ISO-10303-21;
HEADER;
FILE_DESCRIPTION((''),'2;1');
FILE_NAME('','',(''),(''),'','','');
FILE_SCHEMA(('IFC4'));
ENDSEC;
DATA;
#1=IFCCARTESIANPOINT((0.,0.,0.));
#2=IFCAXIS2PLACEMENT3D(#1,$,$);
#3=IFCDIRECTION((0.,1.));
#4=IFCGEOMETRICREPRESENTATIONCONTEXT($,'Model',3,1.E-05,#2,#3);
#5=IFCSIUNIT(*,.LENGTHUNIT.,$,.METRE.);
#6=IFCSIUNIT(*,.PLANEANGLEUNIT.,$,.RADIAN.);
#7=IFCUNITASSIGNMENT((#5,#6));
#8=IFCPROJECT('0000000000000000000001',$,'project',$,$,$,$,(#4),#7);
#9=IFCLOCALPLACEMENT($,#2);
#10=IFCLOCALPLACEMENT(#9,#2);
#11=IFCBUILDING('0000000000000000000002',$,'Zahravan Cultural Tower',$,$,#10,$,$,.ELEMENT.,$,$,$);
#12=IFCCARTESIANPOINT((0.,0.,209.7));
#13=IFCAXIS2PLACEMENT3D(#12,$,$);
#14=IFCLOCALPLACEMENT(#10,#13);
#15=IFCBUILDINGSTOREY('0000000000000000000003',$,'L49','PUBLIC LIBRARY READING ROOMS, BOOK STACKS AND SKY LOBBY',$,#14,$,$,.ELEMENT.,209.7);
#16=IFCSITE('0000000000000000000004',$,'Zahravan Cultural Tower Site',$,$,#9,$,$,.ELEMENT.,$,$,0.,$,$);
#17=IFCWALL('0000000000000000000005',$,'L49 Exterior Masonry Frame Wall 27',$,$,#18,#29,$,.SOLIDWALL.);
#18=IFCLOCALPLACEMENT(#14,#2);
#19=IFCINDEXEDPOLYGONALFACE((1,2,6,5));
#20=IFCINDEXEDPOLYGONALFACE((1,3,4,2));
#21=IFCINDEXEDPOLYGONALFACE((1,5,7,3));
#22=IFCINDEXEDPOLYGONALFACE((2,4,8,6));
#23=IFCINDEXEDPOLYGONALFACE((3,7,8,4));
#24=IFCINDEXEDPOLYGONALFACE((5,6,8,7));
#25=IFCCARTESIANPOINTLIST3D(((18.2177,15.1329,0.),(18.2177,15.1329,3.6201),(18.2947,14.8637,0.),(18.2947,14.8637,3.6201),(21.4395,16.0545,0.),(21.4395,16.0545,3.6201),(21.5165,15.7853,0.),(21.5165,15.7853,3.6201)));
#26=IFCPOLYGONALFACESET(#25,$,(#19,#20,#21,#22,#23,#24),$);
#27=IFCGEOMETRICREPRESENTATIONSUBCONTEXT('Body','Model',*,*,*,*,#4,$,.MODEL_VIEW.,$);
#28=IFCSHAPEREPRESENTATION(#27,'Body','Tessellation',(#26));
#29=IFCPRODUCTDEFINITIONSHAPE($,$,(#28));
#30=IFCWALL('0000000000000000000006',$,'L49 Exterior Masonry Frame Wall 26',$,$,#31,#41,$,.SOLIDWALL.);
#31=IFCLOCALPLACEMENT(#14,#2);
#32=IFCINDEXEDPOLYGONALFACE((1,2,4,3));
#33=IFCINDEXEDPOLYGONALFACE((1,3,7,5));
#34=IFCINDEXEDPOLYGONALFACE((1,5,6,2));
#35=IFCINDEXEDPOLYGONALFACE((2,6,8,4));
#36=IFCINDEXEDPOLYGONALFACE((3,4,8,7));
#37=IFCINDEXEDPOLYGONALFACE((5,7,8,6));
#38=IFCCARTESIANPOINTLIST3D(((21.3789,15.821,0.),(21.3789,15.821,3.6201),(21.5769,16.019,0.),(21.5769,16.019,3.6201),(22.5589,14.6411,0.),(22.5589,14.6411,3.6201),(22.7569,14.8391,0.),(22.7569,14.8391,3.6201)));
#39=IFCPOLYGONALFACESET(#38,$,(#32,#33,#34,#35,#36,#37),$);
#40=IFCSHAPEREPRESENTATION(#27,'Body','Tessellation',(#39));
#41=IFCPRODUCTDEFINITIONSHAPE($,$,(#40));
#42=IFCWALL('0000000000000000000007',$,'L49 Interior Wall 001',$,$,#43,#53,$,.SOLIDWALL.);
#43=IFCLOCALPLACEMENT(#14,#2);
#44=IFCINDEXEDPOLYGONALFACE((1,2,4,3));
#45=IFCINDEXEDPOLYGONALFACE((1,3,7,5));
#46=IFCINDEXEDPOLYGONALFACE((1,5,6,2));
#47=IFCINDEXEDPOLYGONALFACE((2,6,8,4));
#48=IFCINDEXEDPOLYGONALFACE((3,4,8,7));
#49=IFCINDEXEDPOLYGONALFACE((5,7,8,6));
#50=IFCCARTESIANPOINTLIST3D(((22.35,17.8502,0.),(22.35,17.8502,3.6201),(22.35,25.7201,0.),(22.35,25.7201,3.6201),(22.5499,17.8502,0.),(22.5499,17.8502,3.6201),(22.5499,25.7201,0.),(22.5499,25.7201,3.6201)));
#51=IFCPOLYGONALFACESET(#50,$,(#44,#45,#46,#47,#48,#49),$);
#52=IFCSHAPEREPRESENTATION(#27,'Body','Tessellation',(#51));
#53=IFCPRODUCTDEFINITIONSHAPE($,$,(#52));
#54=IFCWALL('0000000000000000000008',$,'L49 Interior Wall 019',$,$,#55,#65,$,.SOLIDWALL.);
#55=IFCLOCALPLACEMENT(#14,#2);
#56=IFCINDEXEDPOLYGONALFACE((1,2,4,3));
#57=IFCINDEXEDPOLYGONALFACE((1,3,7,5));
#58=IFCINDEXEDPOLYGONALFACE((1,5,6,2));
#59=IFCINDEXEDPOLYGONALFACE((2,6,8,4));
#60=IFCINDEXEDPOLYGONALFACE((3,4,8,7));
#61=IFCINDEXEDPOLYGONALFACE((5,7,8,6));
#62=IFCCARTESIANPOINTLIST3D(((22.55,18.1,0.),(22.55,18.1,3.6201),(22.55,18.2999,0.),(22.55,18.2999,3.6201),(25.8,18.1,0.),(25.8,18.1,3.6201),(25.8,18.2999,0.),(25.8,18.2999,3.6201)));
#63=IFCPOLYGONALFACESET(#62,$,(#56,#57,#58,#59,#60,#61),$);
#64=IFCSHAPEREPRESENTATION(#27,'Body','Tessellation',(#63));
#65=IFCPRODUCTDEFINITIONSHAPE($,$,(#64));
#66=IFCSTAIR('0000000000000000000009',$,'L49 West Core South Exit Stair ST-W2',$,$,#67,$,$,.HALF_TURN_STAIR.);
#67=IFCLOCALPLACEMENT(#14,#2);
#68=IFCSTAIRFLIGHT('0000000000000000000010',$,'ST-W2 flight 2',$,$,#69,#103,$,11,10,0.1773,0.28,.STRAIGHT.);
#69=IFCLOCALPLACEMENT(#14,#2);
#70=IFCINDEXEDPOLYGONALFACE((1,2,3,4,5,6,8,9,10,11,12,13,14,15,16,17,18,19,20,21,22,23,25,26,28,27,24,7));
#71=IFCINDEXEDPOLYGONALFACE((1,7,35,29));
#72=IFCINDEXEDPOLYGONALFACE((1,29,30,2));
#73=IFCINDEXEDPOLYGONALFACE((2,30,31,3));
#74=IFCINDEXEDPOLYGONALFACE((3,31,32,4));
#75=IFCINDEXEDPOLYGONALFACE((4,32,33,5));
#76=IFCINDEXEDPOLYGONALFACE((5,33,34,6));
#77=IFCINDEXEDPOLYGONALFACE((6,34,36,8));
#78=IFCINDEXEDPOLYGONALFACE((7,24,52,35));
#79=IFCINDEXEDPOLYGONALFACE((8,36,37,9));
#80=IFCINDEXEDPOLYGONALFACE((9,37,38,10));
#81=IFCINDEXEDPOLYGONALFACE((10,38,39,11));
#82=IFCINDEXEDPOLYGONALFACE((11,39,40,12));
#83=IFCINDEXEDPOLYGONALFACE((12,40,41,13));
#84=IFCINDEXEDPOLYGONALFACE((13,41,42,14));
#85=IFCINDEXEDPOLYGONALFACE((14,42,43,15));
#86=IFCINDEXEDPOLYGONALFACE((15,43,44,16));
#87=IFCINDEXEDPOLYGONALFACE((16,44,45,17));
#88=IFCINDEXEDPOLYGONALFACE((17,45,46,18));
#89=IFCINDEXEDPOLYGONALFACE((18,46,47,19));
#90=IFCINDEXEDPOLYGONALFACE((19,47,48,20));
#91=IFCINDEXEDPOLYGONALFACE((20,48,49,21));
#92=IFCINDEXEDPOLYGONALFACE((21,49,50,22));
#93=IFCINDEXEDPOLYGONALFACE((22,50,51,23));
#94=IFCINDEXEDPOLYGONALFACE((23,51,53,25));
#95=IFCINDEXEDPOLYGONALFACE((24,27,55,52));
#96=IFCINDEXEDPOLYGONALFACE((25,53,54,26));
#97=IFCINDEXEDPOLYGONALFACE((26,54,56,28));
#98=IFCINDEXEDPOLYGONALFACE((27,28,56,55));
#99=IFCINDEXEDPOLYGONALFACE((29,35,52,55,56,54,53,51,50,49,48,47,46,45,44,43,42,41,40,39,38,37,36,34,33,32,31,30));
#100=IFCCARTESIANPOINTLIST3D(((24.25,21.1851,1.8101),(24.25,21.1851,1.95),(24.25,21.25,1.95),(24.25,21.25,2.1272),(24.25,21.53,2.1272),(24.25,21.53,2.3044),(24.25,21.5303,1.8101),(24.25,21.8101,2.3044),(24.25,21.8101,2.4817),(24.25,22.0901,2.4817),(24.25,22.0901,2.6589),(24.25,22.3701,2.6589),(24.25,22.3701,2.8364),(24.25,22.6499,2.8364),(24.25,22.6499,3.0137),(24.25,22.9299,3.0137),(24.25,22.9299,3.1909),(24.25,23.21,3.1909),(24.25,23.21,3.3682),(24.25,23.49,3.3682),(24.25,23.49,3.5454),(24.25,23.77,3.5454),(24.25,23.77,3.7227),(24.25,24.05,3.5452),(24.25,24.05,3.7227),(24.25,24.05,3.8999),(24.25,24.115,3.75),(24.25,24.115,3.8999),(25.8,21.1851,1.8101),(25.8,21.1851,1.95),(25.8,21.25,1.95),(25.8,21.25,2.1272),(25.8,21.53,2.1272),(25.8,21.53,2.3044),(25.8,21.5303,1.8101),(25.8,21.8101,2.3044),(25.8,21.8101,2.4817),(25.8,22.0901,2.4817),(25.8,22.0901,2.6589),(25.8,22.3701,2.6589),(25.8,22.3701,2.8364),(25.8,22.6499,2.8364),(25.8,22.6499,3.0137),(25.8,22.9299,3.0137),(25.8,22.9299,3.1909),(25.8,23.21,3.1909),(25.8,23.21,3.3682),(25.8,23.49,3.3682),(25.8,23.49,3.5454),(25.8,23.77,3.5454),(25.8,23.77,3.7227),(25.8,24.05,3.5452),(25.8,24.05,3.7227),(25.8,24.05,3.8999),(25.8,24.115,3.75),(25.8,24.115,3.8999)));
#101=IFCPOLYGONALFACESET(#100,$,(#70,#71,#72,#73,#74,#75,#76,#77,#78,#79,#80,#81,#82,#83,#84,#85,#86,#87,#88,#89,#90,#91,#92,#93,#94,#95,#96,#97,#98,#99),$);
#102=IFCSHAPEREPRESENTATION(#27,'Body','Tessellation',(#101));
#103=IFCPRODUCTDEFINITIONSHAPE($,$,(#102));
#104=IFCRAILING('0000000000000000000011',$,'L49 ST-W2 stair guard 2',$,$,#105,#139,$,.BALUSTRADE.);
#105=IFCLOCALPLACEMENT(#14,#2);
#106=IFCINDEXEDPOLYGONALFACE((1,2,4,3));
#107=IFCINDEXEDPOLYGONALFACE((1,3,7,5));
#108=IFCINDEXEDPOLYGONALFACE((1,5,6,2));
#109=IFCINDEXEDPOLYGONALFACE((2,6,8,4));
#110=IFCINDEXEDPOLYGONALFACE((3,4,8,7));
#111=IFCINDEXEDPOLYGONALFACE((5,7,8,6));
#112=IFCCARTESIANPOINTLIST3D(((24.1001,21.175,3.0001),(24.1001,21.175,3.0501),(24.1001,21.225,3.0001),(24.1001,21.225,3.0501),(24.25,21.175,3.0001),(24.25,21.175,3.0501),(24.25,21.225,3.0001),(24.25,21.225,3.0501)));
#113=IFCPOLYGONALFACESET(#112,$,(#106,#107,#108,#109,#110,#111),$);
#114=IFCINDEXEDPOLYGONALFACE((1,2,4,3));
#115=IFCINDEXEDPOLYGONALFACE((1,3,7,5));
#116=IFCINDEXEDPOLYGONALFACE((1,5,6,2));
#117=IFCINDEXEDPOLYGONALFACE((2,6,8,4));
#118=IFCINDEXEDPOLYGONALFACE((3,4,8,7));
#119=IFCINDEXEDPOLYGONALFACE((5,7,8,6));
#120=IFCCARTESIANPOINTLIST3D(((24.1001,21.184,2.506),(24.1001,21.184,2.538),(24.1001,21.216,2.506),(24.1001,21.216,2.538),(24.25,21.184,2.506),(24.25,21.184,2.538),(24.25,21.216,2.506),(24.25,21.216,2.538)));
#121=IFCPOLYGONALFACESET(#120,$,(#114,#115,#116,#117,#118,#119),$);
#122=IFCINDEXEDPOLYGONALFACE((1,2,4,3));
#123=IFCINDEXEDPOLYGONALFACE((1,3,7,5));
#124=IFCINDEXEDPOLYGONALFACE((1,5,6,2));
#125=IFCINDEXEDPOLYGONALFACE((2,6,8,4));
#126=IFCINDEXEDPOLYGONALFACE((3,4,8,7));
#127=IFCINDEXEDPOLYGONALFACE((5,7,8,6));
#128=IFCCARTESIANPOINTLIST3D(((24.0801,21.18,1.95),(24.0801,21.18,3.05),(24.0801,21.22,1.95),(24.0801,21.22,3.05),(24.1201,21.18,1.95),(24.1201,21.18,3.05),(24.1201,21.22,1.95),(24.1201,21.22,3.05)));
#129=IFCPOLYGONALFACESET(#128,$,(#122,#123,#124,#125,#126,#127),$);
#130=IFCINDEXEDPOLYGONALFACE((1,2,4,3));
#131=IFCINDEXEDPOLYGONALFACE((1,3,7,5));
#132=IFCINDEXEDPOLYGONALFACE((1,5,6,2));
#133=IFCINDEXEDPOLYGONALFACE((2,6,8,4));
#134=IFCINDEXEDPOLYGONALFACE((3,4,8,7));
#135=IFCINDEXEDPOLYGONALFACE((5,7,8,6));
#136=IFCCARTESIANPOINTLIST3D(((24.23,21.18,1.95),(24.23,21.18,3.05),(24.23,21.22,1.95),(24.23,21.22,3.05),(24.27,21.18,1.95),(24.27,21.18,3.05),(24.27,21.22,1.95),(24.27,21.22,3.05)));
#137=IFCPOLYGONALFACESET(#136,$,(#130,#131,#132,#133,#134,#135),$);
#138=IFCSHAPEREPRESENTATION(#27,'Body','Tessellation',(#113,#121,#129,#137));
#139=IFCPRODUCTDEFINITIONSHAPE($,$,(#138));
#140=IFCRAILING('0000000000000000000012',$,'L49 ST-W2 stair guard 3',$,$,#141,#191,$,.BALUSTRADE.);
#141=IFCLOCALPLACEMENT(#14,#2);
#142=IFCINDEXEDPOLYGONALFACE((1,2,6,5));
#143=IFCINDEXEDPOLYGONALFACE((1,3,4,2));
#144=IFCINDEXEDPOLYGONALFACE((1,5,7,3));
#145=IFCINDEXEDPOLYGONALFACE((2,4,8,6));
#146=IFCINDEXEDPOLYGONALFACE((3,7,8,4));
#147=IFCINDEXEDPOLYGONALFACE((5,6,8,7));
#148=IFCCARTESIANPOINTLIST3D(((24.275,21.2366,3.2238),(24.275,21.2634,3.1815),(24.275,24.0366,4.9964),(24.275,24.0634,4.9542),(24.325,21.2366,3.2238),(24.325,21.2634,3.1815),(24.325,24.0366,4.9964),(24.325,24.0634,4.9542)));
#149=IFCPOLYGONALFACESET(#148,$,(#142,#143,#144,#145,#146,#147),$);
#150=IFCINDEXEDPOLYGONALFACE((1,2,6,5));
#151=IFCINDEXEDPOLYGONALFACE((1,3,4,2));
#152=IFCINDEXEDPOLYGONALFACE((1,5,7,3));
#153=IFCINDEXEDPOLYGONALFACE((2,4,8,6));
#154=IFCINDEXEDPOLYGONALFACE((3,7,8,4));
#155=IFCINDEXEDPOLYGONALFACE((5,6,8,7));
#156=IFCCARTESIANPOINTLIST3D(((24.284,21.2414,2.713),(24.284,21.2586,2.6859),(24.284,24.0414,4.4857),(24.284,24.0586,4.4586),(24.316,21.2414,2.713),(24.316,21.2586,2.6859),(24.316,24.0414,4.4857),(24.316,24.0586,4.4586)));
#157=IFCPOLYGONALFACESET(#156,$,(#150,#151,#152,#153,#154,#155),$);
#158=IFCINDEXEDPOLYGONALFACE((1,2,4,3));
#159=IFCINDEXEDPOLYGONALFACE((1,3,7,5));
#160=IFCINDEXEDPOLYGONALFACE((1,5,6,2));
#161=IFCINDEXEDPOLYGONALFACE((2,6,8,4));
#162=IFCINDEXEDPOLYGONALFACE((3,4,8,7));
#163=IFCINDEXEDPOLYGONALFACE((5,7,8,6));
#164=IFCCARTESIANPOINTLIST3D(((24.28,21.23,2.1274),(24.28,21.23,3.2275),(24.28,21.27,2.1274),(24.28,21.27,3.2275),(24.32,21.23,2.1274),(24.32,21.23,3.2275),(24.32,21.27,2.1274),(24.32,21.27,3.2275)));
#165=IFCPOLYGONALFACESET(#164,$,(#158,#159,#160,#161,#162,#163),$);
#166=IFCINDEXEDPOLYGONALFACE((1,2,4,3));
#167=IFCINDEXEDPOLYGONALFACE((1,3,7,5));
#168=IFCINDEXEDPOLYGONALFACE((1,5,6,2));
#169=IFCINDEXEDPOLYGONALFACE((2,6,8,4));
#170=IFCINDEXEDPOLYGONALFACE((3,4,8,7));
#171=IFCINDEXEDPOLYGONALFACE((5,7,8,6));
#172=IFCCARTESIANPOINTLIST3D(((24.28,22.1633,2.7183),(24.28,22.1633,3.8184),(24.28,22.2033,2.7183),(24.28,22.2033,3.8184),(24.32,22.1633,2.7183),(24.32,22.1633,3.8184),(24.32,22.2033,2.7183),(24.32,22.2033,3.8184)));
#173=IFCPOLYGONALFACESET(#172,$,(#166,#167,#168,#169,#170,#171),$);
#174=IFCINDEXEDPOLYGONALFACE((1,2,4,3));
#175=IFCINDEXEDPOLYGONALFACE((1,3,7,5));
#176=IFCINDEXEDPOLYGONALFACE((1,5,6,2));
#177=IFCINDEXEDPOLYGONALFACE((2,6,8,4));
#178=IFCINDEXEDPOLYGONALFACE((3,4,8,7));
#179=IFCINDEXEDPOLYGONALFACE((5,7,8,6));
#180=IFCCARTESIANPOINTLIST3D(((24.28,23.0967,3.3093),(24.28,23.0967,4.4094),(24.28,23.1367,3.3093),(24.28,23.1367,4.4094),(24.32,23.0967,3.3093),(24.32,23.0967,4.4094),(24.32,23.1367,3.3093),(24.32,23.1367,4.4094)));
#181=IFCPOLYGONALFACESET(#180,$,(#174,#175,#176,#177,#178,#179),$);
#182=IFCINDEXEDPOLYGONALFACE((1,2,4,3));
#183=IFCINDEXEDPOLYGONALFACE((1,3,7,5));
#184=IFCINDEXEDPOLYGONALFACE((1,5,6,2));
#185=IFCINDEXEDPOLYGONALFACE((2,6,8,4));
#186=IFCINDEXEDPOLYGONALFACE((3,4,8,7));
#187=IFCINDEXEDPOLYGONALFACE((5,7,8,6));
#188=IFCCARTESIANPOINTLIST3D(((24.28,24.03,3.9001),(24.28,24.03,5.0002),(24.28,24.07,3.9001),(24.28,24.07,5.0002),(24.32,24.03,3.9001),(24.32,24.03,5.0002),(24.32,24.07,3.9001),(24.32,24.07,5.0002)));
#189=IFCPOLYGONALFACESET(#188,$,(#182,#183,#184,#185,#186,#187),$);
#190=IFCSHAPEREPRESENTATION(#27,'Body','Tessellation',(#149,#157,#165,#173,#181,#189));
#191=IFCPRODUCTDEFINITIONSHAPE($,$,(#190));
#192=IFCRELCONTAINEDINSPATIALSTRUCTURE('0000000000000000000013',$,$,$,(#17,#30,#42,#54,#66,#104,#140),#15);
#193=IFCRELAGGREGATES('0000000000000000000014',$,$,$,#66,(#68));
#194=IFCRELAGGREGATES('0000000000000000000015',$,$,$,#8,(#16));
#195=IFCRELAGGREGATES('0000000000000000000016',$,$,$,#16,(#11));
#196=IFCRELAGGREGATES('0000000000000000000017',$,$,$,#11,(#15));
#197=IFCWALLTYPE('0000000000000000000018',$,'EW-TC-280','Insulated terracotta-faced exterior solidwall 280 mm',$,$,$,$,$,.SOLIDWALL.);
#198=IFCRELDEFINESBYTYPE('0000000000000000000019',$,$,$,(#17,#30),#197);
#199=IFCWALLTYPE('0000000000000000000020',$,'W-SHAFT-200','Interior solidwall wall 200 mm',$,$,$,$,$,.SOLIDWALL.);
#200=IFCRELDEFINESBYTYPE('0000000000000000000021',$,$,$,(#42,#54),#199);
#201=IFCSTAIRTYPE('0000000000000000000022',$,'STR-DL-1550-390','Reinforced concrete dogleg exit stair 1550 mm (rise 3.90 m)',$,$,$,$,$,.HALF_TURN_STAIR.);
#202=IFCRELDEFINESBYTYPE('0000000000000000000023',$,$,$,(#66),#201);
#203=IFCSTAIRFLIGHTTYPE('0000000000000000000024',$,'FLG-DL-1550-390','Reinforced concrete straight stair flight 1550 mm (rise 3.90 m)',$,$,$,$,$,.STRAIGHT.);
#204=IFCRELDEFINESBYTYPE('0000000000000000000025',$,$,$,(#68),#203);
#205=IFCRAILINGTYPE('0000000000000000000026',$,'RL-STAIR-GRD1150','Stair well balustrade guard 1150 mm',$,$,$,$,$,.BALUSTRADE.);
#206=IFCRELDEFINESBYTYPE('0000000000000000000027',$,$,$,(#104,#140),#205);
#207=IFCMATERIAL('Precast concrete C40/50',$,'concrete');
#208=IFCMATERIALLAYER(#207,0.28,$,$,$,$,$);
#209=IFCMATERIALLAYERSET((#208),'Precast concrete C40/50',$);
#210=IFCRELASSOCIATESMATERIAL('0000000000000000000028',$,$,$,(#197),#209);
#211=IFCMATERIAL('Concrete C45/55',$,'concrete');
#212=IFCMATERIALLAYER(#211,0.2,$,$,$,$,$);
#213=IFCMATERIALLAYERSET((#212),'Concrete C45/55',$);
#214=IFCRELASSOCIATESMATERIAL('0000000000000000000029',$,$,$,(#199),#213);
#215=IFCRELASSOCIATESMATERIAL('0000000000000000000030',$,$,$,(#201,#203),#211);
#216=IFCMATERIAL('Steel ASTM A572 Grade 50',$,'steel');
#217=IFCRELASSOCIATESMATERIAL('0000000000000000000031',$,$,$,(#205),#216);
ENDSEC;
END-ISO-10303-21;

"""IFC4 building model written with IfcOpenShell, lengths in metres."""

from ifc_helpers import new_model, si_unit, direction, frame, frame_2d, origin, origin_2d, place, context, subcontext, project, spatial, polyline, rectangle, outline, extrude, source, transform, mapped, material, layer, layer_set, type_object, element, aggregate, save


model = new_model("IFC4")

# Units and contexts
model_context = context("Model", 3, precision=1e-05, world=origin(), true_north=direction((0.0, 1.0)))
body_context = subcontext(model_context, "Body", "Model", "MODEL_VIEW")
ifc_project = project(units=[si_unit("LENGTHUNIT", "METRE"), si_unit("PLANEANGLEUNIT", "RADIAN")], contexts=[model_context])

# Site, building, storey
site_placement = place(None, origin())
site = spatial("IfcSite", under=ifc_project, at=site_placement, Name="Zahravan Cultural Tower Site", CompositionType="ELEMENT", RefElevation=0.0)
building_placement = place(site_placement, origin())
building = spatial("IfcBuilding", under=site, at=building_placement, Name="Zahravan Cultural Tower", CompositionType="ELEMENT")
storey_placement = place(building_placement, frame((0.0, 0.0, 209.7)))
storey = spatial("IfcBuildingStorey", under=building, at=storey_placement, Name="L49", Description="PUBLIC LIBRARY READING ROOMS, BOOK STACKS AND SKY LOBBY", CompositionType="ELEMENT", Elevation=209.7)

# Walls
ifc_material_1 = material(Name="Precast concrete C40/50", Category="concrete")
ifc_layer_1 = layer(ifc_material_1, 0.28)
ifc_layer_set_1 = layer_set([ifc_layer_1], Name="Precast concrete C40/50")
wall_type_1 = type_object("IfcWallType", Name="EW-TC-280", Description="Insulated terracotta-faced exterior solidwall 280 mm", PredefinedType="SOLIDWALL", material=ifc_layer_set_1)
shared_shape_1 = source(origin(), body_context, "Body", "SweptSolid", [
    extrude(rectangle(XDim=3.3511, YDim=0.28, at=frame_2d((1.6755, 0.0))), origin(), (0.0, 0.0, 1.0), 3.6201),
])
wall_1_placement = place(storey_placement, frame((21.478, 15.9199, 0.0), z_axis=(0.0, 0.0, 1.0), x_axis=(-0.961439, -0.275019, 0.0)))
element("IfcWall", 1, at=wall_1_placement, inside=storey, type_object=wall_type_1, Name="L49 Exterior Masonry Frame Wall 27", PredefinedType="SOLIDWALL", context=body_context, shape_type="MappedRepresentation", body=[
    mapped(shared_shape_1, transform((0.0, 0.0, 0.0), x_axis=(1.0, 0.0, 0.0), y_axis=(0.0, 1.0, 0.0), z_axis=(0.0, 0.0, 1.0), scale=1.0)),
])
shared_shape_2 = source(origin(), body_context, "Body", "SweptSolid", [
    extrude(rectangle(XDim=1.6687, YDim=0.28, at=frame_2d((0.8345, 0.0))), origin(), (0.0, 0.0, 1.0), 3.6201),
])
wall_2_placement = place(storey_placement, frame((22.658, 14.74, 0.0), z_axis=(0.0, 0.0, 1.0), x_axis=(-0.707107, 0.707107, 0.0)))
element("IfcWall", 2, at=wall_2_placement, inside=storey, type_object=wall_type_1, Name="L49 Exterior Masonry Frame Wall 26", PredefinedType="SOLIDWALL", context=body_context, shape_type="MappedRepresentation", body=[
    mapped(shared_shape_2, transform((0.0, 0.0, 0.0), x_axis=(1.0, 0.0, 0.0), y_axis=(0.0, 1.0, 0.0), z_axis=(0.0, 0.0, 1.0), scale=1.0)),
])
ifc_material_2 = material(Name="Concrete C45/55", Category="concrete")
ifc_layer_2 = layer(ifc_material_2, 0.2)
ifc_layer_set_2 = layer_set([ifc_layer_2], Name="Concrete C45/55")
wall_type_2 = type_object("IfcWallType", Name="W-SHAFT-200", Description="Interior solidwall wall 200 mm", PredefinedType="SOLIDWALL", material=ifc_layer_set_2)
shared_shape_3 = source(origin(), body_context, "Body", "SweptSolid", [
    extrude(rectangle(XDim=7.8699, YDim=0.2, at=frame_2d((3.9351, 0.0))), origin(), (0.0, 0.0, 1.0), 3.6201),
])
wall_3_placement = place(storey_placement, frame((22.45, 17.8501, 0.0), z_axis=(0.0, 0.0, 1.0), x_axis=(0.0, 1.0, 0.0)))
element("IfcWall", 3, at=wall_3_placement, inside=storey, type_object=wall_type_2, Name="L49 Interior Wall 001", PredefinedType="SOLIDWALL", context=body_context, shape_type="MappedRepresentation", body=[
    mapped(shared_shape_3, transform((0.0, 0.0, 0.0), x_axis=(1.0, 0.0, 0.0), y_axis=(0.0, 1.0, 0.0), z_axis=(0.0, 0.0, 1.0), scale=1.0)),
])
shared_shape_4 = source(origin(), body_context, "Body", "SweptSolid", [
    extrude(rectangle(XDim=3.25, YDim=0.2, at=frame_2d((1.625, 0.0))), origin(), (0.0, 0.0, 1.0), 3.6201),
])
wall_4_placement = place(storey_placement, frame((22.55, 18.2, 0.0), z_axis=(0.0, 0.0, 1.0), x_axis=(1.0, 0.0, 0.0)))
element("IfcWall", 4, at=wall_4_placement, inside=storey, type_object=wall_type_2, Name="L49 Interior Wall 019", PredefinedType="SOLIDWALL", context=body_context, shape_type="MappedRepresentation", body=[
    mapped(shared_shape_4, transform((0.0, 0.0, 0.0), x_axis=(1.0, 0.0, 0.0), y_axis=(0.0, 1.0, 0.0), z_axis=(0.0, 0.0, 1.0), scale=1.0)),
])

# Stair, stair flight
stair_type = type_object("IfcStairType", Name="STR-DL-1550-390", Description="Reinforced concrete dogleg exit stair 1550 mm (rise 3.90 m)", PredefinedType="HALF_TURN_STAIR", material=ifc_material_2)
stair_placement = place(storey_placement, origin())
stair = element("IfcStair", 5, at=stair_placement, inside=storey, type_object=stair_type, Name="L49 West Core South Exit Stair ST-W2", PredefinedType="HALF_TURN_STAIR")
stair_flight_type = type_object("IfcStairFlightType", Name="FLG-DL-1550-390", Description="Reinforced concrete straight stair flight 1550 mm (rise 3.90 m)", PredefinedType="STRAIGHT", material=ifc_material_2)
stair_flight_placement = place(storey_placement, frame((25.0249, 21.25, 1.95), z_axis=(0.0, 0.0, 1.0), x_axis=(0.0, 1.0, 0.0)))
stair_flight = element("IfcStairFlight", 6, at=stair_flight_placement, type_object=stair_flight_type, Name="ST-W2 flight 2", NumberOfRisers=11, NumberOfTreads=10, PredefinedType="STRAIGHT", RiserHeight=0.1773, TreadLength=0.28, context=body_context, shape_type="SweptSolid", body=[
    extrude(outline(polyline([(-0.0649, -0.1399), (-0.0649, 0.0), (0.0, 0.0), (0.0, 0.1772), (0.28, 0.1772), (0.28, 0.3545), (0.5601, 0.3545), (0.5601, 0.5317), (0.8401, 0.5317), (0.8401, 0.709), (1.1201, 0.709), (1.1201, 0.8865), (1.3999, 0.8865), (1.3999, 1.0637), (1.6799, 1.0637), (1.6799, 1.241), (1.96, 1.241), (1.96, 1.4182), (2.24, 1.4182), (2.24, 1.5955), (2.52, 1.5955), (2.52, 1.7727), (2.8, 1.7727), (2.8, 1.95), (2.865, 1.95), (2.865, 1.8), (2.8, 1.5952), (0.2803, -0.1399), (-0.0649, -0.1399)])), frame((0.0, 0.7749, 0.0), z_axis=(0.0, -1.0, 0.0), x_axis=(1.0, 0.0, 0.0)), (0.0, 0.0, 1.0), 1.55),
])
aggregate(stair, [stair_flight])

# Railings
ifc_material_3 = material(Name="Steel ASTM A572 Grade 50", Category="steel")
railing_type_1 = type_object("IfcRailingType", Name="RL-STAIR-GRD1150", Description="Stair well balustrade guard 1150 mm", PredefinedType="BALUSTRADE", material=ifc_material_3)
railing_1_placement = place(storey_placement, frame((24.1001, 21.2, 1.95)))
element("IfcRailing", 7, at=railing_1_placement, inside=storey, type_object=railing_type_1, Name="L49 ST-W2 stair guard 2", PredefinedType="BALUSTRADE", context=body_context, shape_type="SweptSolid", body=[
    extrude(rectangle(XDim=0.05, YDim=0.05, at=origin_2d()), frame((0.0, 0.0, 1.0752), z_axis=(1.0, 0.0, 0.0), x_axis=(0.0, 1.0, 0.0)), (0.0, 0.0, 1.0), 0.1499),
    extrude(rectangle(XDim=0.032, YDim=0.032, at=origin_2d()), frame((0.0, 0.0, 0.572), z_axis=(1.0, 0.0, 0.0), x_axis=(0.0, 1.0, 0.0)), (0.0, 0.0, 1.0), 0.1499),
    extrude(rectangle(XDim=0.04, YDim=0.04, at=origin_2d()), origin(), (0.0, 0.0, 1.0), 1.1001),
    extrude(rectangle(XDim=0.04, YDim=0.04, at=origin_2d()), frame((0.1499, 0.0, 0.0)), (0.0, 0.0, 1.0), 1.1001),
])
railing_2_placement = place(storey_placement, frame((24.3, 21.25, 2.1274)))
element("IfcRailing", 8, at=railing_2_placement, inside=storey, type_object=railing_type_1, Name="L49 ST-W2 stair guard 3", PredefinedType="BALUSTRADE", context=body_context, shape_type="SweptSolid", body=[
    extrude(rectangle(XDim=0.05, YDim=0.05, at=origin_2d()), frame((0.0, 0.0, 1.0752), z_axis=(0.0, 0.844909, 0.53491), x_axis=(-1.0, 0.0, 0.0)), (0.0, 0.0, 1.0), 3.314),
    extrude(rectangle(XDim=0.032, YDim=0.032, at=origin_2d()), frame((0.0, 0.0, 0.572), z_axis=(0.0, 0.844909, 0.53491), x_axis=(-1.0, 0.0, 0.0)), (0.0, 0.0, 1.0), 3.314),
    extrude(rectangle(XDim=0.04, YDim=0.04, at=origin_2d()), origin(), (0.0, 0.0, 1.0), 1.1001),
    extrude(rectangle(XDim=0.04, YDim=0.04, at=origin_2d()), frame((0.0, 0.9333, 0.5908)), (0.0, 0.0, 1.0), 1.1001),
    extrude(rectangle(XDim=0.04, YDim=0.04, at=origin_2d()), frame((0.0, 1.8667, 1.1819)), (0.0, 0.0, 1.0), 1.1001),
    extrude(rectangle(XDim=0.04, YDim=0.04, at=origin_2d()), frame((0.0, 2.8, 1.7727)), (0.0, 0.0, 1.0), 1.1001),
])

save(model, "model.ifc")
